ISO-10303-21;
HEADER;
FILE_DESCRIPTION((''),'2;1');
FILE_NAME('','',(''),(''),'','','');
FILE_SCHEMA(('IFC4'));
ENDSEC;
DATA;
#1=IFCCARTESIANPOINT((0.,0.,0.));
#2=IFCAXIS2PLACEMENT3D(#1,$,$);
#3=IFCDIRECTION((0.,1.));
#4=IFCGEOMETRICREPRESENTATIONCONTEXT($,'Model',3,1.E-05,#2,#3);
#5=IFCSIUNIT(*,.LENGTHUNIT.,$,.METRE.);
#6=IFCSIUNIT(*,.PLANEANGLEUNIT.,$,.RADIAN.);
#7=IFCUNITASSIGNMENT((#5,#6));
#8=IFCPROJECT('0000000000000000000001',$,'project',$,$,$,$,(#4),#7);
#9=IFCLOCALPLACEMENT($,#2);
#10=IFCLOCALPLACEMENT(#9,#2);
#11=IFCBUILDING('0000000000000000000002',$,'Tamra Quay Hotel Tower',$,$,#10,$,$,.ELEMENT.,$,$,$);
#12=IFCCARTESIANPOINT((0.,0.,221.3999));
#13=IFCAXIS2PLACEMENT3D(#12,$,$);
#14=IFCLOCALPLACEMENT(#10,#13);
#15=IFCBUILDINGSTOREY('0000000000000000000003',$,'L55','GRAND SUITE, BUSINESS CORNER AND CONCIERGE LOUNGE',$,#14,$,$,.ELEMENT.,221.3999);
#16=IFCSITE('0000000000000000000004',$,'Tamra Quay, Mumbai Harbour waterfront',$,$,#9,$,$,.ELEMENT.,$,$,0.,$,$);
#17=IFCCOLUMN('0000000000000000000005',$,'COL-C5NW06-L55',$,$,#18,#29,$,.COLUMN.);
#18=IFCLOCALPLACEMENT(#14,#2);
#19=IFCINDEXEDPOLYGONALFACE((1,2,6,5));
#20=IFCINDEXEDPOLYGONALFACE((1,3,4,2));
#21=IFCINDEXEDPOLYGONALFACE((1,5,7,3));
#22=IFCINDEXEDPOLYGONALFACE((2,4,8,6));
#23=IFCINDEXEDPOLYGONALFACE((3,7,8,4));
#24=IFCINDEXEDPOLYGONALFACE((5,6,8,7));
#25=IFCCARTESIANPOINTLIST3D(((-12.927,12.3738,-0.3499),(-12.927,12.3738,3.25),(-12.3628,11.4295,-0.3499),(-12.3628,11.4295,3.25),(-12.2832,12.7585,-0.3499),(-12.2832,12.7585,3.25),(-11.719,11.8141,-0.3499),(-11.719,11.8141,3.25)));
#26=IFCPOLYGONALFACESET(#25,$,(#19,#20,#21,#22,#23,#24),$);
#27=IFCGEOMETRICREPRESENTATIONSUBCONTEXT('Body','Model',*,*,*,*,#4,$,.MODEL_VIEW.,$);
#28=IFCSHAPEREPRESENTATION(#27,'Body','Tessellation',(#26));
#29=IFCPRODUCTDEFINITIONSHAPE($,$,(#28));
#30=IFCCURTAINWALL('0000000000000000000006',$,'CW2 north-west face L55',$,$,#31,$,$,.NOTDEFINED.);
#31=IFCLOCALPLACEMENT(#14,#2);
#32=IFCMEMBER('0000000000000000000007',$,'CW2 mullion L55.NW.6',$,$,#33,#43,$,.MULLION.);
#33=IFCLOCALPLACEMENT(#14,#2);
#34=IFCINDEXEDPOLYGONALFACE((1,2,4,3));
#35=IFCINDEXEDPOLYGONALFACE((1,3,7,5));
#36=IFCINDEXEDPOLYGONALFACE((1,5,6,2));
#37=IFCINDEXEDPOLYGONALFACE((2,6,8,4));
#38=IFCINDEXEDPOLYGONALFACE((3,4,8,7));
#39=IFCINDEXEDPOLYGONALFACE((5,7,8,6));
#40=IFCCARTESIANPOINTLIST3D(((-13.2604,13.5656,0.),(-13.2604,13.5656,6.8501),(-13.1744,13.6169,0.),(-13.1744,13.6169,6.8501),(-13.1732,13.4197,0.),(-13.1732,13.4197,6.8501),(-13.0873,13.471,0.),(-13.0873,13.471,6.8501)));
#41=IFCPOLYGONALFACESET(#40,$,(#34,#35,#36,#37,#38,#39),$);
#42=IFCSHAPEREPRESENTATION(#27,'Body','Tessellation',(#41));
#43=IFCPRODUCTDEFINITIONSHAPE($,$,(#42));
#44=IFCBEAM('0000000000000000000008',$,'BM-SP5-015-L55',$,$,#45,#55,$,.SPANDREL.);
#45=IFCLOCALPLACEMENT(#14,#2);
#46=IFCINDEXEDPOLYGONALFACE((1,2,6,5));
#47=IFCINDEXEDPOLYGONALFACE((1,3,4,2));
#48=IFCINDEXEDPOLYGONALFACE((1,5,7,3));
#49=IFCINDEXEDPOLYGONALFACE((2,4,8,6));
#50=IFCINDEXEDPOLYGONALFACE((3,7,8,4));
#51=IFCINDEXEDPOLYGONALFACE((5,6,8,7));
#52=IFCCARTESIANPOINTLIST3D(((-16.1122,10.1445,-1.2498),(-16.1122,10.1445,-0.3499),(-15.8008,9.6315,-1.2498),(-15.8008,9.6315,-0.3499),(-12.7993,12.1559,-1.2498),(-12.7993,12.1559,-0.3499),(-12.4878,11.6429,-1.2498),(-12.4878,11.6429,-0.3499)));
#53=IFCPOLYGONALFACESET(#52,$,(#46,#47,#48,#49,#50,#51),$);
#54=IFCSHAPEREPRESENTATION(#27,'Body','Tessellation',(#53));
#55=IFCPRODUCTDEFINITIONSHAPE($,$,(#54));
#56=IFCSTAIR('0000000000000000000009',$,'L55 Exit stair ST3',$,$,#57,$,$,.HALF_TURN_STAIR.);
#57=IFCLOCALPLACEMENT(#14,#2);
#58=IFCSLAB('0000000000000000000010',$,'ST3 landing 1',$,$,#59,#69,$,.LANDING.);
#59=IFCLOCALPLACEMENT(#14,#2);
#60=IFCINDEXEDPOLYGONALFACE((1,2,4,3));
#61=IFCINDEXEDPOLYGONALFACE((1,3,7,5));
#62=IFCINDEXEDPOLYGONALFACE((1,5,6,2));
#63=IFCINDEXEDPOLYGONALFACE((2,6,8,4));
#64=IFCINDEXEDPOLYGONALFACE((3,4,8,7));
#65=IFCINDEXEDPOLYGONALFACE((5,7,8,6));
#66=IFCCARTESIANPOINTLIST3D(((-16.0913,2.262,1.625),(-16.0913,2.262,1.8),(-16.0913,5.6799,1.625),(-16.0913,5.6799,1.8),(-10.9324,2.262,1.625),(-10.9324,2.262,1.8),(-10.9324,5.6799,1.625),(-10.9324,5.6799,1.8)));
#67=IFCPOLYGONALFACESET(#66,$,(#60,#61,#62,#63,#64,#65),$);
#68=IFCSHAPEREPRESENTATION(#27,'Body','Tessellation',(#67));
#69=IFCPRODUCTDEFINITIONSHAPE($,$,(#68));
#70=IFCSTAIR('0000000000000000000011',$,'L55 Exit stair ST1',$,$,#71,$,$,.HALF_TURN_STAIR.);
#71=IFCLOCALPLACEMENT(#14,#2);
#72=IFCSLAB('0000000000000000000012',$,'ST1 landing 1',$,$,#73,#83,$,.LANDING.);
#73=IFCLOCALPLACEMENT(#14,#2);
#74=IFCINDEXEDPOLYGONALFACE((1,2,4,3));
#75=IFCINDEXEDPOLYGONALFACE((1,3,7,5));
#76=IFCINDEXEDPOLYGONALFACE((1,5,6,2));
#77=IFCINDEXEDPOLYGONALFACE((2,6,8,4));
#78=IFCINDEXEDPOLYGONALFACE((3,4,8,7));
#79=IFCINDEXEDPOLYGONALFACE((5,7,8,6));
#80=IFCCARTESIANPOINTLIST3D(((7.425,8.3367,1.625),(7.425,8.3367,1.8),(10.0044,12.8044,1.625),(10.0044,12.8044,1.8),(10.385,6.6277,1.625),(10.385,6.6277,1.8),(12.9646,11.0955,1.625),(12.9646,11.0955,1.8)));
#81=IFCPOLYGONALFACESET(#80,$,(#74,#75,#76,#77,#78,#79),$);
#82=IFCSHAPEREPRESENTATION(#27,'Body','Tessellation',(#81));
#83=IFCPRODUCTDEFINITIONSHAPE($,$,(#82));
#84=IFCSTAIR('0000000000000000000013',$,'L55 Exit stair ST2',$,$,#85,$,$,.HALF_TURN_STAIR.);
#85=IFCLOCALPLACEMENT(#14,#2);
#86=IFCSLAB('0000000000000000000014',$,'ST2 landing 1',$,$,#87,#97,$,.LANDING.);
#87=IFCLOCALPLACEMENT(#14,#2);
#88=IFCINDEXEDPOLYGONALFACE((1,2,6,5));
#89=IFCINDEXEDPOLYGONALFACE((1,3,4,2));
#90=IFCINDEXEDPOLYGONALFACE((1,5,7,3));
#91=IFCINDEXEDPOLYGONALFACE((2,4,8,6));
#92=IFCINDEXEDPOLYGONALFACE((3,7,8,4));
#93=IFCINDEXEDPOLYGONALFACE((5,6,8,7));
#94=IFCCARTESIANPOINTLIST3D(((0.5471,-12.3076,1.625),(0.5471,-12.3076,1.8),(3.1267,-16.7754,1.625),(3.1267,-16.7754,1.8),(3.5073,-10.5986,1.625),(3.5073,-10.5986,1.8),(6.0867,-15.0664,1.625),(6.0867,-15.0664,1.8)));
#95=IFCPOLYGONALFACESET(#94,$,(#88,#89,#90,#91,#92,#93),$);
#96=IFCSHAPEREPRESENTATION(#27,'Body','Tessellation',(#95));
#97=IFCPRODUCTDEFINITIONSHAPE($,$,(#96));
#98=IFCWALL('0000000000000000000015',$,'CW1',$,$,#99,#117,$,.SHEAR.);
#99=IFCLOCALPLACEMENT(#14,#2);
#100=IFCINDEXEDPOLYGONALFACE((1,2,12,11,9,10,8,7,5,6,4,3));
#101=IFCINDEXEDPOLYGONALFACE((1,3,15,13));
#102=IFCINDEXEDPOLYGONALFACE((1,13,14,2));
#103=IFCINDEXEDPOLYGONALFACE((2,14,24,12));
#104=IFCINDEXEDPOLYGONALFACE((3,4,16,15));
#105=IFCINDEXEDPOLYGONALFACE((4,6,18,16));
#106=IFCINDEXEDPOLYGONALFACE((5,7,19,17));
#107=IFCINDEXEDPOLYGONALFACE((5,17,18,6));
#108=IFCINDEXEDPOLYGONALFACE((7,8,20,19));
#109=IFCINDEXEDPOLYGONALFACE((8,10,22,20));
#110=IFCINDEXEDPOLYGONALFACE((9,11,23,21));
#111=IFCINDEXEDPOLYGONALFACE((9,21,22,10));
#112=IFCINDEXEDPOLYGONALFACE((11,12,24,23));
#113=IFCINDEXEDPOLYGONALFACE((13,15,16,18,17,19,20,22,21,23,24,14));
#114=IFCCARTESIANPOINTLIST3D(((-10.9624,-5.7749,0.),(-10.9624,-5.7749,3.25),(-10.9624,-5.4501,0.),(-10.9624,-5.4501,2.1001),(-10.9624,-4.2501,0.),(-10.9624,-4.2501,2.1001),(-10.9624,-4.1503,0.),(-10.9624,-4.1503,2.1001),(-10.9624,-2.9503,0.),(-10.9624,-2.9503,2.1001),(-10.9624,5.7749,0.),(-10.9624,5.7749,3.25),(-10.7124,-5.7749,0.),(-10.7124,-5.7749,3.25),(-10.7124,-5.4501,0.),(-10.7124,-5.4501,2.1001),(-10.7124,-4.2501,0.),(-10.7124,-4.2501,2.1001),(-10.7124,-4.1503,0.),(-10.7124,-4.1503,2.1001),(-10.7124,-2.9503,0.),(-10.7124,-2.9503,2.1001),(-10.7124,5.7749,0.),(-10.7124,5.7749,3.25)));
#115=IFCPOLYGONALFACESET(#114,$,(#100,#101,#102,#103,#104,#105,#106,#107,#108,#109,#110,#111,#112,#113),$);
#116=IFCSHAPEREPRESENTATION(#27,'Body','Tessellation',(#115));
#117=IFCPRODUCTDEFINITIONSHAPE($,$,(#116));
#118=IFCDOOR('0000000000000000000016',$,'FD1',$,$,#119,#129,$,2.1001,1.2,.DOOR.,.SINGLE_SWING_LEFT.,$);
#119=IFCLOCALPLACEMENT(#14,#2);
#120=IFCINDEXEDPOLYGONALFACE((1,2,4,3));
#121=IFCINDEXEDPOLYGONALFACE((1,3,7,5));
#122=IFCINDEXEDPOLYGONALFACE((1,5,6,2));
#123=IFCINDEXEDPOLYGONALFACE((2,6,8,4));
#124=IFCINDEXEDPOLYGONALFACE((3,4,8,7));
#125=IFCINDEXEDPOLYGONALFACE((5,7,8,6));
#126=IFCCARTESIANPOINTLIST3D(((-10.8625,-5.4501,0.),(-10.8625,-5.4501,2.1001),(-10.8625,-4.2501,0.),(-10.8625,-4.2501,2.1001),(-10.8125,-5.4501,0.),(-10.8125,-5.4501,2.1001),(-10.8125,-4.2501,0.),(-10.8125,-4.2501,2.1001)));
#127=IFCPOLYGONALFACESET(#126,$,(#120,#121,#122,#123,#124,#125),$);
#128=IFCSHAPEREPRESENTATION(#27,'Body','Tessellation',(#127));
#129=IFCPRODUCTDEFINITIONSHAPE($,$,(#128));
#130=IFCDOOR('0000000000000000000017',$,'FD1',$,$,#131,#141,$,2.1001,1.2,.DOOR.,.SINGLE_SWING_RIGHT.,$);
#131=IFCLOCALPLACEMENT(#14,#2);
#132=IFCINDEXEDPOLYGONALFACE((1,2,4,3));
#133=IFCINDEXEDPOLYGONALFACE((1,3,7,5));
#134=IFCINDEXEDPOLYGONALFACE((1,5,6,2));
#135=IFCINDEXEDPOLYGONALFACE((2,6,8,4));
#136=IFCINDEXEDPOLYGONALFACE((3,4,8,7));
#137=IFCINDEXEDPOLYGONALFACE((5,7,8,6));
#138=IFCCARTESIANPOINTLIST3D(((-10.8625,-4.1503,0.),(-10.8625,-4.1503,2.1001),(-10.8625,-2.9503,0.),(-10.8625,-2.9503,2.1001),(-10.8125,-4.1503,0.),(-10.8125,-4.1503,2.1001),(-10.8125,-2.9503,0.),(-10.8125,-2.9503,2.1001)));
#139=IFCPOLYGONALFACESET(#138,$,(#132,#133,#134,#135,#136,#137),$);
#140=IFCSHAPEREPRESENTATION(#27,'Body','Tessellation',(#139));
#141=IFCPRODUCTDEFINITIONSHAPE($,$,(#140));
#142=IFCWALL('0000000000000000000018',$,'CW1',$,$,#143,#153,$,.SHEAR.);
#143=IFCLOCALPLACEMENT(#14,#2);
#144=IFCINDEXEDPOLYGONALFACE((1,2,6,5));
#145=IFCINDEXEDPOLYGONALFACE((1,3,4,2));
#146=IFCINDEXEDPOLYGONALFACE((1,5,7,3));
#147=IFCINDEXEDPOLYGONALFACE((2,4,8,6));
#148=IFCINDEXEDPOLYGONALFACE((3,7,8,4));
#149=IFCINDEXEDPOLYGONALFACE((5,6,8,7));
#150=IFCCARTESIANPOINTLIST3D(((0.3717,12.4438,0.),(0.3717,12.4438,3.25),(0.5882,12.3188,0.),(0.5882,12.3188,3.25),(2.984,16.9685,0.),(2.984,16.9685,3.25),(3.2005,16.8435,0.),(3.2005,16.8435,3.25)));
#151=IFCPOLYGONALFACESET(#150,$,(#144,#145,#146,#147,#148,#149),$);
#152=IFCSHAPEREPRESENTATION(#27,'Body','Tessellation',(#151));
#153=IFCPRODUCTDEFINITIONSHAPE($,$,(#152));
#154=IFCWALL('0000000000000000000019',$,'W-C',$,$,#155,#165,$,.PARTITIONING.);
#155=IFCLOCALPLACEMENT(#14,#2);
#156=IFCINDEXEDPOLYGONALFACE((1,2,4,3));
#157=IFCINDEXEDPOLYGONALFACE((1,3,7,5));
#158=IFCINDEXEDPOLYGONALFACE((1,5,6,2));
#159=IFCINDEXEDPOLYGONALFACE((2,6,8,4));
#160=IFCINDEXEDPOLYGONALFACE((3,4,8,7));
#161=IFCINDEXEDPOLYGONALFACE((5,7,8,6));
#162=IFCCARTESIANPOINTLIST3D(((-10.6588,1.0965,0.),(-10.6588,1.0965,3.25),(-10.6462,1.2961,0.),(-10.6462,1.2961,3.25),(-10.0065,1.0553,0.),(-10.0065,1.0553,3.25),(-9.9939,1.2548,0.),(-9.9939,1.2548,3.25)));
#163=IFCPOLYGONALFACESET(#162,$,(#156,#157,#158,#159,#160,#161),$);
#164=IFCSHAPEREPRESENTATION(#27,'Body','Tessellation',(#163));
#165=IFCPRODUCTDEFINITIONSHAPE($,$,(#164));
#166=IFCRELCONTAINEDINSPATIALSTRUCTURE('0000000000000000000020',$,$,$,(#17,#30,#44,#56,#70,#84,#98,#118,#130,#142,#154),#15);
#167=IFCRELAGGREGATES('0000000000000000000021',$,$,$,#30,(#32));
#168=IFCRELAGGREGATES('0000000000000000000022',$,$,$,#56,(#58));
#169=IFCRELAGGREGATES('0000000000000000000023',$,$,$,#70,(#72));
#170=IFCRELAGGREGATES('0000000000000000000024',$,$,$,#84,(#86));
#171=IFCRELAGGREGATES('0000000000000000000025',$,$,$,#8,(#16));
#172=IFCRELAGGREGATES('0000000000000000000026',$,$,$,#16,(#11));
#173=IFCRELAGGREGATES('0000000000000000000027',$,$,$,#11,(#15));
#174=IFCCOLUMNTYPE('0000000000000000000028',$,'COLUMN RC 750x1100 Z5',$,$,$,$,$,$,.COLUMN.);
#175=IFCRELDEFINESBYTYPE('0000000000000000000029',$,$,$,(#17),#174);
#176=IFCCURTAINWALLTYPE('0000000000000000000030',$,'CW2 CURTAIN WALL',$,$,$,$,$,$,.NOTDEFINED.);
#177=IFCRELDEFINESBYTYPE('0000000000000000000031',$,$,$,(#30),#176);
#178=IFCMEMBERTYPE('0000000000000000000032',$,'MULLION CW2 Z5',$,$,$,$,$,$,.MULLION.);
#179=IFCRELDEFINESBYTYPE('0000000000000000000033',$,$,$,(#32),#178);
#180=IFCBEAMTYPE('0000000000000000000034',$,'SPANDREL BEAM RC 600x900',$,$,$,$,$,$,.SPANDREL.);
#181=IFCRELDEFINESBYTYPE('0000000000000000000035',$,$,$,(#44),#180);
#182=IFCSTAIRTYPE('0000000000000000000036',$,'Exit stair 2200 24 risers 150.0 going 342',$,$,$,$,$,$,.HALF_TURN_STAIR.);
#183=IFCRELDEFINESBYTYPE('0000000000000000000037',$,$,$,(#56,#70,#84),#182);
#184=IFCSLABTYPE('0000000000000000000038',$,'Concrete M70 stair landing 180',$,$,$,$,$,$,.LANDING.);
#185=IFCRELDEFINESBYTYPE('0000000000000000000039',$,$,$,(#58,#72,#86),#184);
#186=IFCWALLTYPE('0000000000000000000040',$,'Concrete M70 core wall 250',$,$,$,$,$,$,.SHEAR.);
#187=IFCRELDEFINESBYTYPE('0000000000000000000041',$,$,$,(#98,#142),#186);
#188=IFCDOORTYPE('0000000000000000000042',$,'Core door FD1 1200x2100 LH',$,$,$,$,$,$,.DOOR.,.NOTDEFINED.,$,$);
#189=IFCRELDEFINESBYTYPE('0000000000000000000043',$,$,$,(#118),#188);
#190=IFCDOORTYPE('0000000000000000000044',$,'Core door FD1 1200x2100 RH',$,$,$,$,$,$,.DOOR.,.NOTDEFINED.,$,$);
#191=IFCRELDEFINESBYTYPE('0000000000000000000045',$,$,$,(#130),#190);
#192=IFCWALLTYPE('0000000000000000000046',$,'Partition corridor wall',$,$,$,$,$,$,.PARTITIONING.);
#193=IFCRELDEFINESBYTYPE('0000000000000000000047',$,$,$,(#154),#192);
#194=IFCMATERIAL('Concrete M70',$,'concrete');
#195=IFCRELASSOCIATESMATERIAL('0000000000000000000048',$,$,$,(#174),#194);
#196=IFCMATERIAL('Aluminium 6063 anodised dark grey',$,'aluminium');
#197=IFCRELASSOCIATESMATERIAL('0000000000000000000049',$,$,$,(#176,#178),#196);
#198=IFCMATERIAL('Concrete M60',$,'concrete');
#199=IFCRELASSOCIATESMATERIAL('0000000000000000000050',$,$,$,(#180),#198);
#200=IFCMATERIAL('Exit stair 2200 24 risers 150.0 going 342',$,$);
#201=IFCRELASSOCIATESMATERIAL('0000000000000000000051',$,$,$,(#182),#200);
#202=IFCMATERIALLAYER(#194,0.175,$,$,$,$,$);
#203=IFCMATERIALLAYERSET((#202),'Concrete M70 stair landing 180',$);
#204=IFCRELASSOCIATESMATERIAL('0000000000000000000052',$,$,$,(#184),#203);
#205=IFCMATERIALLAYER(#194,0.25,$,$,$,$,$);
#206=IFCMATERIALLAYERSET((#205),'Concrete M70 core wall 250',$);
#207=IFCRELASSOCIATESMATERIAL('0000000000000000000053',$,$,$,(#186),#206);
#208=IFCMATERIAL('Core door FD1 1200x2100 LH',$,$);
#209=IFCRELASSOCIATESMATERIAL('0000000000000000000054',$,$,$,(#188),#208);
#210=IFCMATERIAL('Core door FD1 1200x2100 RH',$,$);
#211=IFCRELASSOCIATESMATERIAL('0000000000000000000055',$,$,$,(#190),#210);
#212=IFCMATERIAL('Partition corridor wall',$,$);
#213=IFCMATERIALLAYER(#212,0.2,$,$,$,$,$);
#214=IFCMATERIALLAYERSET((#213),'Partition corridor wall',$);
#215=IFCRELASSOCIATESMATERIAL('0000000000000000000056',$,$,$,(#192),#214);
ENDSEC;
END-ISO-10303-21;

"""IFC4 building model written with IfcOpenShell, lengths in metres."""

from ifc_helpers import new_model, si_unit, direction, frame, frame_2d, origin, origin_2d, place, context, subcontext, project, spatial, polyline, rectangle, outline, extrude, material, layer, layer_set, material_profile, profile_set, type_object, element, fill, aggregate, save


model = new_model("IFC4")

# Units and contexts
model_context = context("Model", 3, precision=1e-05, world=origin(), true_north=direction((0.0, 1.0)))
body_context = subcontext(model_context, "Body", "Model", "MODEL_VIEW")
ifc_project = project(units=[si_unit("LENGTHUNIT", "METRE"), si_unit("PLANEANGLEUNIT", "RADIAN")], contexts=[model_context])

# Site, building, storey
site_placement = place(None, origin())
site = spatial("IfcSite", under=ifc_project, at=site_placement, Name="Tamra Quay, Mumbai Harbour waterfront", CompositionType="ELEMENT", RefElevation=0.0)
building_placement = place(site_placement, origin())
building = spatial("IfcBuilding", under=site, at=building_placement, Name="Tamra Quay Hotel Tower", CompositionType="ELEMENT")
storey_placement = place(building_placement, frame((0.0, 0.0, 221.3999)))
storey = spatial("IfcBuildingStorey", under=building, at=storey_placement, Name="L55", Description="GRAND SUITE, BUSINESS CORNER AND CONCIERGE LOUNGE", CompositionType="ELEMENT", Elevation=221.3999)

# Column
ifc_material_1 = material(Name="Concrete M70", Category="concrete")
ifc_material_profile_1 = material_profile(ifc_material_1, rectangle(XDim=1.1001, YDim=0.75, at=origin_2d()), Name="COLUMN RC 750x1100 Z5")
ifc_profile_set_1 = profile_set([ifc_material_profile_1], Name="Concrete M70")
column_type = type_object("IfcColumnType", Name="COLUMN RC 750x1100 Z5", PredefinedType="COLUMN", material=ifc_profile_set_1)
column_placement = place(storey_placement, frame((-12.323, 12.094, -0.3499), z_axis=(0.0, 0.0, 1.0), x_axis=(-0.512899, 0.858449, 0.0)))
element("IfcColumn", 1, at=column_placement, inside=storey, type_object=column_type, Name="COL-C5NW06-L55", PredefinedType="COLUMN", context=body_context, shape_type="SweptSolid", body=[
    extrude(rectangle(XDim=1.1001, YDim=0.75, at=origin_2d()), origin(), (0.0, 0.0, 1.0), 3.5999),
])

# Curtain wall, member
ifc_material_2 = material(Name="Aluminium 6063 anodised dark grey", Category="aluminium")
curtain_wall_type = type_object("IfcCurtainWallType", Name="CW2 CURTAIN WALL", PredefinedType="NOTDEFINED", material=ifc_material_2)
curtain_wall_placement = place(storey_placement, origin())
curtain_wall = element("IfcCurtainWall", 2, at=curtain_wall_placement, inside=storey, type_object=curtain_wall_type, Name="CW2 north-west face L55", PredefinedType="NOTDEFINED")
ifc_material_profile_2 = material_profile(ifc_material_2, rectangle(XDim=0.1699, YDim=0.1001, at=origin_2d()), Name="MULLION 100X170")
ifc_profile_set_2 = profile_set([ifc_material_profile_2], Name="Aluminium 6063 anodised dark grey")
member_type = type_object("IfcMemberType", Name="MULLION CW2 Z5", PredefinedType="MULLION", material=ifc_profile_set_2)
member_placement = place(storey_placement, frame((-13.1738, 13.5183, 0.0), z_axis=(0.0, 0.0, 1.0), x_axis=(-0.512687, 0.858575, 0.0)))
member = element("IfcMember", 3, at=member_placement, type_object=member_type, Name="CW2 mullion L55.NW.6", PredefinedType="MULLION", context=body_context, shape_type="SweptSolid", body=[
    extrude(rectangle(XDim=0.1699, YDim=0.1001, at=origin_2d()), origin(), (0.0, 0.0, 1.0), 6.8501),
])
aggregate(curtain_wall, [member])

# Beam
ifc_material_3 = material(Name="Concrete M60", Category="concrete")
ifc_material_profile_3 = material_profile(ifc_material_3, rectangle(XDim=0.6001, YDim=0.8999, at=origin_2d()), Name="SPANDREL BEAM RC 600x900")
ifc_profile_set_3 = profile_set([ifc_material_profile_3], Name="Concrete M60")
beam_type = type_object("IfcBeamType", Name="SPANDREL BEAM RC 600x900", PredefinedType="SPANDREL", material=ifc_profile_set_3)
beam_placement = place(storey_placement, frame((-12.6436, 11.8994, -0.7998), z_axis=(-0.854786, -0.518981, 0.0), x_axis=(0.518981, -0.854786, 0.0)))
element("IfcBeam", 4, at=beam_placement, inside=storey, type_object=beam_type, Name="BM-SP5-015-L55", PredefinedType="SPANDREL", context=body_context, shape_type="SweptSolid", body=[
    extrude(rectangle(XDim=0.6001, YDim=0.8999, at=origin_2d()), origin(), (0.0, 0.0, 1.0), 3.8757),
])

# Stairs, slabs
ifc_material_4 = material(Name="Exit stair 2200 24 risers 150.0 going 342")
stair_type = type_object("IfcStairType", Name="Exit stair 2200 24 risers 150.0 going 342", PredefinedType="HALF_TURN_STAIR", material=ifc_material_4)
stair_1_placement = place(storey_placement, origin())
stair_1 = element("IfcStair", 5, at=stair_1_placement, inside=storey, type_object=stair_type, Name="L55 Exit stair ST3", PredefinedType="HALF_TURN_STAIR")
ifc_layer_1 = layer(ifc_material_1, 0.175)
ifc_layer_set_1 = layer_set([ifc_layer_1], Name="Concrete M70 stair landing 180")
slab_type = type_object("IfcSlabType", Name="Concrete M70 stair landing 180", PredefinedType="LANDING", material=ifc_layer_set_1)
slab_1_placement = place(storey_placement, frame((0.0, 0.0, 1.625)))
slab_1 = element("IfcSlab", 6, at=slab_1_placement, type_object=slab_type, Name="ST3 landing 1", PredefinedType="LANDING", context=body_context, shape_type="SweptSolid", body=[
    extrude(outline(polyline([(-10.9324, 2.262), (-10.9324, 5.6799), (-16.0913, 5.6799), (-16.0913, 2.262), (-10.9324, 2.262)])), origin(), (0.0, 0.0, 1.0), 0.175),
])
aggregate(stair_1, [slab_1])
stair_2_placement = place(storey_placement, origin())
stair_2 = element("IfcStair", 7, at=stair_2_placement, inside=storey, type_object=stair_type, Name="L55 Exit stair ST1", PredefinedType="HALF_TURN_STAIR")
slab_2_placement = place(storey_placement, frame((0.0, 0.0, 1.625)))
slab_2 = element("IfcSlab", 8, at=slab_2_placement, type_object=slab_type, Name="ST1 landing 1", PredefinedType="LANDING", context=body_context, shape_type="SweptSolid", body=[
    extrude(outline(polyline([(7.425, 8.3367), (10.385, 6.6277), (12.9646, 11.0955), (10.0044, 12.8044), (7.425, 8.3367)])), origin(), (0.0, 0.0, 1.0), 0.175),
])
aggregate(stair_2, [slab_2])
stair_3_placement = place(storey_placement, origin())
stair_3 = element("IfcStair", 9, at=stair_3_placement, inside=storey, type_object=stair_type, Name="L55 Exit stair ST2", PredefinedType="HALF_TURN_STAIR")
slab_3_placement = place(storey_placement, frame((0.0, 0.0, 1.625)))
slab_3 = element("IfcSlab", 10, at=slab_3_placement, type_object=slab_type, Name="ST2 landing 1", PredefinedType="LANDING", context=body_context, shape_type="SweptSolid", body=[
    extrude(outline(polyline([(3.5073, -10.5986), (0.5471, -12.3076), (3.1267, -16.7754), (6.0867, -15.0664), (3.5073, -10.5986)])), origin(), (0.0, 0.0, 1.0), 0.175),
])
aggregate(stair_3, [slab_3])

# Wall, openings, doors
ifc_layer_2 = layer(ifc_material_1, 0.25)
ifc_layer_set_2 = layer_set([ifc_layer_2], Name="Concrete M70 core wall 250")
wall_type_1 = type_object("IfcWallType", Name="Concrete M70 core wall 250", PredefinedType="SHEAR", material=ifc_layer_set_2)
wall_1_placement = place(storey_placement, frame((-10.8374, 5.7749, 0.0), z_axis=(0.0, 0.0, 1.0), x_axis=(0.0, -1.0, 0.0)))
wall_1 = element("IfcWall", 11, at=wall_1_placement, inside=storey, type_object=wall_type_1, Name="CW1", PredefinedType="SHEAR", context=body_context, shape_type="SweptSolid", body=[
    extrude(rectangle(XDim=11.5498, YDim=0.25, at=frame_2d((5.7749, 0.0))), origin(), (0.0, 0.0, 1.0), 3.25),
])
opening_1_placement = place(wall_1_placement, frame((10.0249, 0.0, 0.0)))
opening_1 = element("IfcOpeningElement", 12, at=opening_1_placement, cuts=wall_1, PredefinedType="OPENING", context=body_context, shape_type="SweptSolid", body=[
    extrude(rectangle(XDim=1.2, YDim=2.1001, at=frame_2d((0.6001, 1.05))), frame((0.0, 0.135, 0.0), z_axis=(0.0, -1.0, 0.0), x_axis=(1.0, 0.0, 0.0)), (0.0, 0.0, 1.0), 0.27),
])
opening_2_placement = place(wall_1_placement, frame((8.7251, 0.0, 0.0)))
opening_2 = element("IfcOpeningElement", 13, at=opening_2_placement, cuts=wall_1, PredefinedType="OPENING", context=body_context, shape_type="SweptSolid", body=[
    extrude(rectangle(XDim=1.2, YDim=2.1001, at=frame_2d((0.6001, 1.05))), frame((0.0, 0.135, 0.0), z_axis=(0.0, -1.0, 0.0), x_axis=(1.0, 0.0, 0.0)), (0.0, 0.0, 1.0), 0.27),
])
ifc_material_5 = material(Name="Core door FD1 1200x2100 LH")
door_type_1 = type_object("IfcDoorType", Name="Core door FD1 1200x2100 LH", OperationType="NOTDEFINED", PredefinedType="DOOR", material=ifc_material_5)
door_1_placement = place(opening_1_placement, origin())
door_1 = element("IfcDoor", 14, at=door_1_placement, inside=storey, type_object=door_type_1, Name="FD1", OperationType="SINGLE_SWING_LEFT", OverallHeight=2.1001, OverallWidth=1.2, PredefinedType="DOOR", context=body_context, shape_type="SweptSolid", body=[
    extrude(rectangle(XDim=1.2, YDim=2.1001, at=frame_2d((0.6001, 1.05))), frame((0.0, 0.0249, 0.0), z_axis=(0.0, -1.0, 0.0), x_axis=(1.0, 0.0, 0.0)), (0.0, 0.0, 1.0), 0.05),
])
fill(opening_1, door_1)
ifc_material_6 = material(Name="Core door FD1 1200x2100 RH")
door_type_2 = type_object("IfcDoorType", Name="Core door FD1 1200x2100 RH", OperationType="NOTDEFINED", PredefinedType="DOOR", material=ifc_material_6)
door_2_placement = place(opening_2_placement, origin())
door_2 = element("IfcDoor", 15, at=door_2_placement, inside=storey, type_object=door_type_2, Name="FD1", OperationType="SINGLE_SWING_RIGHT", OverallHeight=2.1001, OverallWidth=1.2, PredefinedType="DOOR", context=body_context, shape_type="SweptSolid", body=[
    extrude(rectangle(XDim=1.2, YDim=2.1001, at=frame_2d((0.6001, 1.05))), frame((0.0, 0.0249, 0.0), z_axis=(0.0, -1.0, 0.0), x_axis=(1.0, 0.0, 0.0)), (0.0, 0.0, 1.0), 0.05),
])
fill(opening_2, door_2)

# Walls
wall_2_placement = place(storey_placement, frame((0.48, 12.3813, 0.0), z_axis=(0.0, 0.0, 1.0), x_axis=(0.499999, 0.866026, 0.0)))
element("IfcWall", 16, at=wall_2_placement, inside=storey, type_object=wall_type_1, Name="CW1", PredefinedType="SHEAR", context=body_context, shape_type="SweptSolid", body=[
    extrude(rectangle(XDim=5.2246, YDim=0.25, at=frame_2d((2.6123, 0.0))), origin(), (0.0, 0.0, 1.0), 3.25),
])
ifc_material_7 = material(Name="Partition corridor wall")
ifc_layer_3 = layer(ifc_material_7, 0.2)
ifc_layer_set_3 = layer_set([ifc_layer_3], Name="Partition corridor wall")
wall_type_2 = type_object("IfcWallType", Name="Partition corridor wall", PredefinedType="PARTITIONING", material=ifc_layer_set_3)
wall_3_placement = place(storey_placement, frame((-10.6523, 1.1963, 0.0), z_axis=(0.0, 0.0, 1.0), x_axis=(0.998006, -0.063122, 0.0)))
element("IfcWall", 17, at=wall_3_placement, inside=storey, type_object=wall_type_2, Name="W-C", PredefinedType="PARTITIONING", context=body_context, shape_type="SweptSolid", body=[
    extrude(rectangle(XDim=0.6536, YDim=0.2, at=frame_2d((0.3267, 0.0))), origin(), (0.0, 0.0, 1.0), 3.25),
])

save(model, "model.ifc")
